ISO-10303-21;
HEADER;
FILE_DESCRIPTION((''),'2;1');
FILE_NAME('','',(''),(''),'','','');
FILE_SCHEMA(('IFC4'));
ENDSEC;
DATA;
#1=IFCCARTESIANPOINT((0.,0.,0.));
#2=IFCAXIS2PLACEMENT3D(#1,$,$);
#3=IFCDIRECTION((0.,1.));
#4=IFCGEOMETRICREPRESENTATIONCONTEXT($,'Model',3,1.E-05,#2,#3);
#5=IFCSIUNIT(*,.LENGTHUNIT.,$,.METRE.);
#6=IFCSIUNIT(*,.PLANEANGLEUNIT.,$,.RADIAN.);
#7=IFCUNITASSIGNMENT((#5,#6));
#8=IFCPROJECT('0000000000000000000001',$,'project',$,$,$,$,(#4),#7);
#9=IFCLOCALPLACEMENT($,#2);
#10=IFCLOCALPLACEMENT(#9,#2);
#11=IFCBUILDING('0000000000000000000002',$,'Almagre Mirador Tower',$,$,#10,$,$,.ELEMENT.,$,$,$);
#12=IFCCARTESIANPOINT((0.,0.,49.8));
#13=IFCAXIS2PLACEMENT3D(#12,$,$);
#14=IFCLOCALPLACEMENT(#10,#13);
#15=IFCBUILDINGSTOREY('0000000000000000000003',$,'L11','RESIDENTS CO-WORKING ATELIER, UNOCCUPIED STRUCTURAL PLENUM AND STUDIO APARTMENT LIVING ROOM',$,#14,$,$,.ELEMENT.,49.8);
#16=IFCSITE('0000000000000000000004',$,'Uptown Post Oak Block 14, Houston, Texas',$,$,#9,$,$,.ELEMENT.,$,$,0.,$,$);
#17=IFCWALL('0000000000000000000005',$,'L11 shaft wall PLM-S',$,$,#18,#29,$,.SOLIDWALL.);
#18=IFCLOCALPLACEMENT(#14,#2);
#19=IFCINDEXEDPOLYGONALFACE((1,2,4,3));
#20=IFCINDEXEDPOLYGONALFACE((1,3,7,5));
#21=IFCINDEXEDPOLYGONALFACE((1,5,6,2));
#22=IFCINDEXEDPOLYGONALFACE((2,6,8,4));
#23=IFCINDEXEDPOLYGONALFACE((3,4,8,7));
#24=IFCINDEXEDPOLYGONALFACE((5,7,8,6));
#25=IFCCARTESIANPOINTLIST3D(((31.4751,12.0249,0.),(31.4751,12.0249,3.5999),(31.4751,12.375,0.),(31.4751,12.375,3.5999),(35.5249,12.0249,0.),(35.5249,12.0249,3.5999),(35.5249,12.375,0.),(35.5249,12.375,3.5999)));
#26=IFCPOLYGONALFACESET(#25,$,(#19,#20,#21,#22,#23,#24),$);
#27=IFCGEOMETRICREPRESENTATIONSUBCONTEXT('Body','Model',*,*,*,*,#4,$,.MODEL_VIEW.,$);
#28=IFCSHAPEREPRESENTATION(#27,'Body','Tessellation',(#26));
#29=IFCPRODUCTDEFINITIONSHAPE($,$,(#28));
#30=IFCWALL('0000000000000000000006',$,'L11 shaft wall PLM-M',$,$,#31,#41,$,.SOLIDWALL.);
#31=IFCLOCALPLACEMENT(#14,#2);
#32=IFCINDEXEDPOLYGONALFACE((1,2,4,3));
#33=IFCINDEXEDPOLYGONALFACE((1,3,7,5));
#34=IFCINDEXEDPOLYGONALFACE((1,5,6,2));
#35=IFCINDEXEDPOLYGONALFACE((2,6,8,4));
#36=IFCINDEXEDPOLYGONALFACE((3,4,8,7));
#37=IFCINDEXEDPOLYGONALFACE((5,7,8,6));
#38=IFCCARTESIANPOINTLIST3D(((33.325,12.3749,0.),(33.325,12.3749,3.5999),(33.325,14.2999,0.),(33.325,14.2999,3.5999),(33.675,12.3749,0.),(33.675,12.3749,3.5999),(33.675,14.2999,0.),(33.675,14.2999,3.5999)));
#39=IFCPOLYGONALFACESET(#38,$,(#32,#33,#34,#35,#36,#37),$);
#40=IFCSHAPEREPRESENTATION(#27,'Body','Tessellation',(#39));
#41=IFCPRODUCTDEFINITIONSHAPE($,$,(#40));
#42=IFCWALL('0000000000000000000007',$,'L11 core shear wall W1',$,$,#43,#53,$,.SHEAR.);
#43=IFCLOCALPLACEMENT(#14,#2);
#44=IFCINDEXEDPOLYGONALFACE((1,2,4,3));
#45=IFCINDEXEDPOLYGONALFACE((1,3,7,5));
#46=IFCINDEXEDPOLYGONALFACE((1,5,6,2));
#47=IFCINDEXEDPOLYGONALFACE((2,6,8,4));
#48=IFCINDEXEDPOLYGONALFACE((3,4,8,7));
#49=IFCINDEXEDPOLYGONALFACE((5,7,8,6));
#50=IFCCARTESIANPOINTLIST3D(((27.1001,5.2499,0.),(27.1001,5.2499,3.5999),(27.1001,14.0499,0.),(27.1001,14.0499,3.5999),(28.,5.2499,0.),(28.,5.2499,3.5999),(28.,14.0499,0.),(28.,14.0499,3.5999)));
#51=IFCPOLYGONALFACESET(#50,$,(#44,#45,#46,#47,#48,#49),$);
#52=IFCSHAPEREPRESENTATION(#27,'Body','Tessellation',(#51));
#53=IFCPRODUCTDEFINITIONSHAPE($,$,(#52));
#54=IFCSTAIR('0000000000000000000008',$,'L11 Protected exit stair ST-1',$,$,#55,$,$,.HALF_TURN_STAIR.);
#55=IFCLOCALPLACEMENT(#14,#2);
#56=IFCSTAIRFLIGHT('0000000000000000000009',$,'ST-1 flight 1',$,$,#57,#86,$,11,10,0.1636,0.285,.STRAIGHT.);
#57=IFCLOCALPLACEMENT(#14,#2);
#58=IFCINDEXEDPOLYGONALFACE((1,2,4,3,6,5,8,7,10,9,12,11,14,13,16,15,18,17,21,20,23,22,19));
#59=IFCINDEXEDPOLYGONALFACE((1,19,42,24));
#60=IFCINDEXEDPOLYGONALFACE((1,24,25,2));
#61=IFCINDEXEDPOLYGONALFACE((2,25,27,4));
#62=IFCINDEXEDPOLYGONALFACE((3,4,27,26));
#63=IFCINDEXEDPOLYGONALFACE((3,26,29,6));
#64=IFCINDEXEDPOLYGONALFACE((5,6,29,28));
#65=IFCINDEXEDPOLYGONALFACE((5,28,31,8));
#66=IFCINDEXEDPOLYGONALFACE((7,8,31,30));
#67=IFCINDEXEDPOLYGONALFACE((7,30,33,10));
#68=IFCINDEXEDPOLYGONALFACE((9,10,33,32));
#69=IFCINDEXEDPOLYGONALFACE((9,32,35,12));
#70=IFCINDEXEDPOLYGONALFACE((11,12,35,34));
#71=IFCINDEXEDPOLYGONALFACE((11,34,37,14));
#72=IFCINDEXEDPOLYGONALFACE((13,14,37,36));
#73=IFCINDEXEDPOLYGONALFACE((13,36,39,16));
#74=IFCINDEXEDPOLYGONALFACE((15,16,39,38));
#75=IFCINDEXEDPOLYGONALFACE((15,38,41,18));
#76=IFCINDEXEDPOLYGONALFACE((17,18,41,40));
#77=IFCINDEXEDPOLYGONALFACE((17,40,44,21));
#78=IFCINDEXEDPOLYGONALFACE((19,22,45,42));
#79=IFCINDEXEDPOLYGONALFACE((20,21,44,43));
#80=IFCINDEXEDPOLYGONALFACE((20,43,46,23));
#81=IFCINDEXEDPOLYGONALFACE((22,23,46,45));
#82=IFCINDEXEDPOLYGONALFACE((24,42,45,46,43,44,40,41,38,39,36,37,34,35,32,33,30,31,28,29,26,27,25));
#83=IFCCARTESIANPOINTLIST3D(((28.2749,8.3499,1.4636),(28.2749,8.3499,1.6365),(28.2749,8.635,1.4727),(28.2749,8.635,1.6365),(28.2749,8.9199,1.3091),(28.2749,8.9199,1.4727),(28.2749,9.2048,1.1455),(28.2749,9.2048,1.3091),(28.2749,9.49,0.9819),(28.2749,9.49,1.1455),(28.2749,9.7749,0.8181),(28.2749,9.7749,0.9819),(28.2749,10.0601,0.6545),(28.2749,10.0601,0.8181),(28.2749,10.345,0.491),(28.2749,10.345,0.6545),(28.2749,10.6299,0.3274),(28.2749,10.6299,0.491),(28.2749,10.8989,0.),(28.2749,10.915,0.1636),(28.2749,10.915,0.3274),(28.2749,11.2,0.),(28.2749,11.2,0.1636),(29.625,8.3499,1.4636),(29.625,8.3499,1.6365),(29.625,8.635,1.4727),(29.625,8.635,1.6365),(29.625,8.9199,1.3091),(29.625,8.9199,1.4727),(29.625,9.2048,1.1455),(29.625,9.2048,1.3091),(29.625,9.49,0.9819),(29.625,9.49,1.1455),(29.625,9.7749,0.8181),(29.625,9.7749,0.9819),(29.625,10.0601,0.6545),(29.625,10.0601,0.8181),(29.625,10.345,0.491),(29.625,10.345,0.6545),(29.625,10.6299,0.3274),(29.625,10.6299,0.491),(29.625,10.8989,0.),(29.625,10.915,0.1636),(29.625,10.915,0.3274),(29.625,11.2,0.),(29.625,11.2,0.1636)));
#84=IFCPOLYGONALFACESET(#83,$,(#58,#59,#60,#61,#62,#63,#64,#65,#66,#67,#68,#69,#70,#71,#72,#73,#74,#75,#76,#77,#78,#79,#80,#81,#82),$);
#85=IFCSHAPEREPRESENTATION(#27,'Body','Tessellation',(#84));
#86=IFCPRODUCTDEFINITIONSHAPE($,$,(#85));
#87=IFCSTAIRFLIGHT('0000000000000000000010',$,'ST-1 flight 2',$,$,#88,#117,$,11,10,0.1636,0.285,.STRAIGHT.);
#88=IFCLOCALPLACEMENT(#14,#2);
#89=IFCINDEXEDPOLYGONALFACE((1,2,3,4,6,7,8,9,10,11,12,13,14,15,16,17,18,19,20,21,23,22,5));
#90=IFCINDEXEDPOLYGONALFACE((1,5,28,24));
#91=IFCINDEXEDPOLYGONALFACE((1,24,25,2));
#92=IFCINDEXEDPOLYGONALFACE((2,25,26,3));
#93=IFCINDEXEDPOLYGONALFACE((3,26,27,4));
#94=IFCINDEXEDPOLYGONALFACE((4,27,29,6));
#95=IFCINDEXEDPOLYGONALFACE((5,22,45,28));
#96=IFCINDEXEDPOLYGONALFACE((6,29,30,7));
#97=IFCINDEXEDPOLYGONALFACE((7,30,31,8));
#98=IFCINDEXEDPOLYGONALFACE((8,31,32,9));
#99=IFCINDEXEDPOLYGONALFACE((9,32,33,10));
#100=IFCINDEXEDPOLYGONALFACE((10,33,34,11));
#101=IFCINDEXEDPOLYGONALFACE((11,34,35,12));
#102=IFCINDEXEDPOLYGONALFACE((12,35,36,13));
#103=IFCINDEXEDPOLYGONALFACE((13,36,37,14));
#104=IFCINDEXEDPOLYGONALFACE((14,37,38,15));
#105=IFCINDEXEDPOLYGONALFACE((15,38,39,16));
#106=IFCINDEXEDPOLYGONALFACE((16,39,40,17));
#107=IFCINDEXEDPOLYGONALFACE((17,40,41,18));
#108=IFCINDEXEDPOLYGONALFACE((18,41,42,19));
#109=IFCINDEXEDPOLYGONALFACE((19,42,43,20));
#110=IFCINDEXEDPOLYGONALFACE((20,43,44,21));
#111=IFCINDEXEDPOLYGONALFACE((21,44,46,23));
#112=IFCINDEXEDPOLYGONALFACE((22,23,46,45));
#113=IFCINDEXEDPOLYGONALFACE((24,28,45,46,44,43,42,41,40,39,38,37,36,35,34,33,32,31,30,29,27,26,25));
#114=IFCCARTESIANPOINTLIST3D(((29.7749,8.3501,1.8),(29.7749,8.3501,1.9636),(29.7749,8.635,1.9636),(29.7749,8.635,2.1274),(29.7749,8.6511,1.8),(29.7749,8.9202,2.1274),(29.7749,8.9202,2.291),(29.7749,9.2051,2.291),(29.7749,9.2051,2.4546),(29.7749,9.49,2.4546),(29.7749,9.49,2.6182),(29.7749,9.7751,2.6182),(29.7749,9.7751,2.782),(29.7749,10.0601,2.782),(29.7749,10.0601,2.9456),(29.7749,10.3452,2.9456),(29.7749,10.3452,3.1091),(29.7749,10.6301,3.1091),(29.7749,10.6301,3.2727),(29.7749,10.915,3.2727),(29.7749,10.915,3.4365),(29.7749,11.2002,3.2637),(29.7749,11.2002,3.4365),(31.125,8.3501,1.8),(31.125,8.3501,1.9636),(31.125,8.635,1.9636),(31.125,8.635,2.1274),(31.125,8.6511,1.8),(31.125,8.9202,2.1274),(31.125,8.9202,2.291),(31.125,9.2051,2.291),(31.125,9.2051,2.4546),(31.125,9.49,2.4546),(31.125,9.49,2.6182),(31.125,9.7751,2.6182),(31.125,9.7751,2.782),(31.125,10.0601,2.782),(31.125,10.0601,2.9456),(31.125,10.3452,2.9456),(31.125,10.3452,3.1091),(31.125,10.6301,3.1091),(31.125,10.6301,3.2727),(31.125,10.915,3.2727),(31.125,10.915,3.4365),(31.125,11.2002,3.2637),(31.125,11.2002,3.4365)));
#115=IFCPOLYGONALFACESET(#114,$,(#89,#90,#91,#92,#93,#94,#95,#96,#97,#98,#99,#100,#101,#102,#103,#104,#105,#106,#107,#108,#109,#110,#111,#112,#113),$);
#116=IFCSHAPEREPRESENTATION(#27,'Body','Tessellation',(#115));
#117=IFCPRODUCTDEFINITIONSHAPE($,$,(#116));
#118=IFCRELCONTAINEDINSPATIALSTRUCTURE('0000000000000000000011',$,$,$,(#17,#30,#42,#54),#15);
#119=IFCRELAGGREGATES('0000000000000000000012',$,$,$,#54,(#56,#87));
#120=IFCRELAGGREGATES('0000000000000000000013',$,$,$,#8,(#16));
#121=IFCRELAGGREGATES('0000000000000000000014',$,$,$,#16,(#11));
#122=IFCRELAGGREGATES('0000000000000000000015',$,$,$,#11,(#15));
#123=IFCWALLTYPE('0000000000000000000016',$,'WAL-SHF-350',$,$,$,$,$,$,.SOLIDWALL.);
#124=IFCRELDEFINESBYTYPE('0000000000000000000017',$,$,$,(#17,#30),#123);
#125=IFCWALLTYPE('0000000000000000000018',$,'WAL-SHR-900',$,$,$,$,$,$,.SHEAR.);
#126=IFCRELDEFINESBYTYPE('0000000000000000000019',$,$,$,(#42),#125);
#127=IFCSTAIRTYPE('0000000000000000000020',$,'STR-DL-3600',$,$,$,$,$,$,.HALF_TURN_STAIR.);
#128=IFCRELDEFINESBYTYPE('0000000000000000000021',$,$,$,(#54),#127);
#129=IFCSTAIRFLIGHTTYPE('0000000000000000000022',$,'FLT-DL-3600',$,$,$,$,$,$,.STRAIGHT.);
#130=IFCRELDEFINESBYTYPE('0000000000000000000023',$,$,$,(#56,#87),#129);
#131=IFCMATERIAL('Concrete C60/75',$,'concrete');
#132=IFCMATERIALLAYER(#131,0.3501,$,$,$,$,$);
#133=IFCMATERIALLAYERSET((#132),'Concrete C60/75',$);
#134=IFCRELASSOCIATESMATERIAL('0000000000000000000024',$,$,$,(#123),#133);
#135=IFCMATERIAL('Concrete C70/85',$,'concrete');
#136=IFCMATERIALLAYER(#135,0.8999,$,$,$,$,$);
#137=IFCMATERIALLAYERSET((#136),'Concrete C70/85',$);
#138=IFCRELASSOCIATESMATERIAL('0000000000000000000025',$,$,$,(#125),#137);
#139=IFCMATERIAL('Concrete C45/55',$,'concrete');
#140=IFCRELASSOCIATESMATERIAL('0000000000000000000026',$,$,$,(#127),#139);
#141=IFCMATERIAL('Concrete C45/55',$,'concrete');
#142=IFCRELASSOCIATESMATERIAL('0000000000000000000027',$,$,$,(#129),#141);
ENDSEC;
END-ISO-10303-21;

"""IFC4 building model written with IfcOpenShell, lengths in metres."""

from ifc_helpers import new_model, si_unit, direction, frame, frame_2d, origin, place, context, subcontext, project, spatial, polyline, rectangle, outline, extrude, material, layer, layer_set, type_object, element, aggregate, save


model = new_model("IFC4")

# Units and contexts
model_context = context("Model", 3, precision=1e-05, world=origin(), true_north=direction((0.0, 1.0)))
body_context = subcontext(model_context, "Body", "Model", "MODEL_VIEW")
ifc_project = project(units=[si_unit("LENGTHUNIT", "METRE"), si_unit("PLANEANGLEUNIT", "RADIAN")], contexts=[model_context])

# Site, building, storey
site_placement = place(None, origin())
site = spatial("IfcSite", under=ifc_project, at=site_placement, Name="Uptown Post Oak Block 14, Houston, Texas", CompositionType="ELEMENT", RefElevation=0.0)
building_placement = place(site_placement, origin())
building = spatial("IfcBuilding", under=site, at=building_placement, Name="Almagre Mirador Tower", CompositionType="ELEMENT")
storey_placement = place(building_placement, frame((0.0, 0.0, 49.8)))
storey = spatial("IfcBuildingStorey", under=building, at=storey_placement, Name="L11", Description="RESIDENTS CO-WORKING ATELIER, UNOCCUPIED STRUCTURAL PLENUM AND STUDIO APARTMENT LIVING ROOM", CompositionType="ELEMENT", Elevation=49.8)

# Shared definitions
ifc_material_1 = material(Name="Concrete C60/75", Category="concrete")
ifc_layer_1 = layer(ifc_material_1, 0.3501)
ifc_layer_set_1 = layer_set([ifc_layer_1], Name="Concrete C60/75")
wall_type_1 = type_object("IfcWallType", Name="WAL-SHF-350", PredefinedType="SOLIDWALL", material=ifc_layer_set_1)

# Walls
wall_1_placement = place(storey_placement, frame((31.4751, 12.2, 0.0), z_axis=(0.0, 0.0, 1.0), x_axis=(1.0, 0.0, 0.0)))
element("IfcWall", 1, at=wall_1_placement, inside=storey, type_object=wall_type_1, Name="L11 shaft wall PLM-S", PredefinedType="SOLIDWALL", context=body_context, shape_type="SweptSolid", body=[
    extrude(rectangle(XDim=4.0498, YDim=0.3501, at=frame_2d((2.0249, 0.0))), origin(), (0.0, 0.0, 1.0), 3.5999),
])
wall_2_placement = place(storey_placement, frame((33.5, 12.375, 0.0), z_axis=(0.0, 0.0, 1.0), x_axis=(0.0, 1.0, 0.0)))
element("IfcWall", 2, at=wall_2_placement, inside=storey, type_object=wall_type_1, Name="L11 shaft wall PLM-M", PredefinedType="SOLIDWALL", context=body_context, shape_type="SweptSolid", body=[
    extrude(rectangle(XDim=1.925, YDim=0.3501, at=frame_2d((0.9624, 0.0))), origin(), (0.0, 0.0, 1.0), 3.5999),
])
ifc_material_2 = material(Name="Concrete C70/85", Category="concrete")
ifc_layer_2 = layer(ifc_material_2, 0.8999)
ifc_layer_set_2 = layer_set([ifc_layer_2], Name="Concrete C70/85")
wall_type_2 = type_object("IfcWallType", Name="WAL-SHR-900", PredefinedType="SHEAR", material=ifc_layer_set_2)
wall_3_placement = place(storey_placement, frame((27.55, 5.25, 0.0), z_axis=(0.0, 0.0, 1.0), x_axis=(0.0, 1.0, 0.0)))
element("IfcWall", 3, at=wall_3_placement, inside=storey, type_object=wall_type_2, Name="L11 core shear wall W1", PredefinedType="SHEAR", context=body_context, shape_type="SweptSolid", body=[
    extrude(rectangle(XDim=8.8, YDim=0.8999, at=frame_2d((4.3999, 0.0))), origin(), (0.0, 0.0, 1.0), 3.5999),
])

# Stair, stair flights
ifc_material_3 = material(Name="Concrete C45/55", Category="concrete")
stair_type = type_object("IfcStairType", Name="STR-DL-3600", PredefinedType="HALF_TURN_STAIR", material=ifc_material_3)
stair_placement = place(storey_placement, origin())
stair = element("IfcStair", 4, at=stair_placement, inside=storey, type_object=stair_type, Name="L11 Protected exit stair ST-1", PredefinedType="HALF_TURN_STAIR")
ifc_material_4 = material(Name="Concrete C45/55", Category="concrete")
stair_flight_type = type_object("IfcStairFlightType", Name="FLT-DL-3600", PredefinedType="STRAIGHT", material=ifc_material_4)
stair_flight_1_placement = place(storey_placement, frame((28.95, 11.2, 0.0), z_axis=(0.0, 0.0, 1.0), x_axis=(0.0, -1.0, 0.0)))
stair_flight_1 = element("IfcStairFlight", 5, at=stair_flight_1_placement, type_object=stair_flight_type, Name="ST-1 flight 1", NumberOfRisers=11, NumberOfTreads=10, PredefinedType="STRAIGHT", RiserHeight=0.1636, TreadLength=0.285, context=body_context, shape_type="SweptSolid", body=[
    extrude(outline(polyline([(0.0, 0.0), (0.0, 0.1636), (0.2849, 0.1636), (0.2849, 0.3274), (0.5701, 0.3274), (0.5701, 0.491), (0.855, 0.491), (0.855, 0.6545), (1.1399, 0.6545), (1.1399, 0.8181), (1.425, 0.8181), (1.425, 0.9819), (1.71, 0.9819), (1.71, 1.1455), (1.9951, 1.1455), (1.9951, 1.3091), (2.28, 1.3091), (2.28, 1.4727), (2.5649, 1.4727), (2.5649, 1.6365), (2.8501, 1.6365), (2.8501, 1.8), (2.8501, 1.4636), (0.301, 0.0), (0.0, 0.0)])), frame((0.0, 0.675, 0.0), z_axis=(0.0, -1.0, 0.0), x_axis=(1.0, 0.0, 0.0)), (0.0, 0.0, 1.0), 1.3501),
])
stair_flight_2_placement = place(storey_placement, frame((30.45, 8.3501, 1.8), z_axis=(0.0, 0.0, 1.0), x_axis=(0.0, 1.0, 0.0)))
stair_flight_2 = element("IfcStairFlight", 6, at=stair_flight_2_placement, type_object=stair_flight_type, Name="ST-1 flight 2", NumberOfRisers=11, NumberOfTreads=10, PredefinedType="STRAIGHT", RiserHeight=0.1636, TreadLength=0.285, context=body_context, shape_type="SweptSolid", body=[
    extrude(outline(polyline([(0.0, 0.0), (0.0, 0.1636), (0.2849, 0.1636), (0.2849, 0.3274), (0.5701, 0.3274), (0.5701, 0.491), (0.855, 0.491), (0.855, 0.6545), (1.1399, 0.6545), (1.1399, 0.8181), (1.425, 0.8181), (1.425, 0.9819), (1.71, 0.9819), (1.71, 1.1455), (1.9951, 1.1455), (1.9951, 1.3091), (2.28, 1.3091), (2.28, 1.4727), (2.5649, 1.4727), (2.5649, 1.6365), (2.8501, 1.6365), (2.8501, 1.8), (2.8501, 1.4636), (0.301, 0.0), (0.0, 0.0)])), frame((0.0, 0.675, 0.0), z_axis=(0.0, -1.0, 0.0), x_axis=(1.0, 0.0, 0.0)), (0.0, 0.0, 1.0), 1.3501),
])
aggregate(stair, [stair_flight_1, stair_flight_2])

save(model, "model.ifc")
